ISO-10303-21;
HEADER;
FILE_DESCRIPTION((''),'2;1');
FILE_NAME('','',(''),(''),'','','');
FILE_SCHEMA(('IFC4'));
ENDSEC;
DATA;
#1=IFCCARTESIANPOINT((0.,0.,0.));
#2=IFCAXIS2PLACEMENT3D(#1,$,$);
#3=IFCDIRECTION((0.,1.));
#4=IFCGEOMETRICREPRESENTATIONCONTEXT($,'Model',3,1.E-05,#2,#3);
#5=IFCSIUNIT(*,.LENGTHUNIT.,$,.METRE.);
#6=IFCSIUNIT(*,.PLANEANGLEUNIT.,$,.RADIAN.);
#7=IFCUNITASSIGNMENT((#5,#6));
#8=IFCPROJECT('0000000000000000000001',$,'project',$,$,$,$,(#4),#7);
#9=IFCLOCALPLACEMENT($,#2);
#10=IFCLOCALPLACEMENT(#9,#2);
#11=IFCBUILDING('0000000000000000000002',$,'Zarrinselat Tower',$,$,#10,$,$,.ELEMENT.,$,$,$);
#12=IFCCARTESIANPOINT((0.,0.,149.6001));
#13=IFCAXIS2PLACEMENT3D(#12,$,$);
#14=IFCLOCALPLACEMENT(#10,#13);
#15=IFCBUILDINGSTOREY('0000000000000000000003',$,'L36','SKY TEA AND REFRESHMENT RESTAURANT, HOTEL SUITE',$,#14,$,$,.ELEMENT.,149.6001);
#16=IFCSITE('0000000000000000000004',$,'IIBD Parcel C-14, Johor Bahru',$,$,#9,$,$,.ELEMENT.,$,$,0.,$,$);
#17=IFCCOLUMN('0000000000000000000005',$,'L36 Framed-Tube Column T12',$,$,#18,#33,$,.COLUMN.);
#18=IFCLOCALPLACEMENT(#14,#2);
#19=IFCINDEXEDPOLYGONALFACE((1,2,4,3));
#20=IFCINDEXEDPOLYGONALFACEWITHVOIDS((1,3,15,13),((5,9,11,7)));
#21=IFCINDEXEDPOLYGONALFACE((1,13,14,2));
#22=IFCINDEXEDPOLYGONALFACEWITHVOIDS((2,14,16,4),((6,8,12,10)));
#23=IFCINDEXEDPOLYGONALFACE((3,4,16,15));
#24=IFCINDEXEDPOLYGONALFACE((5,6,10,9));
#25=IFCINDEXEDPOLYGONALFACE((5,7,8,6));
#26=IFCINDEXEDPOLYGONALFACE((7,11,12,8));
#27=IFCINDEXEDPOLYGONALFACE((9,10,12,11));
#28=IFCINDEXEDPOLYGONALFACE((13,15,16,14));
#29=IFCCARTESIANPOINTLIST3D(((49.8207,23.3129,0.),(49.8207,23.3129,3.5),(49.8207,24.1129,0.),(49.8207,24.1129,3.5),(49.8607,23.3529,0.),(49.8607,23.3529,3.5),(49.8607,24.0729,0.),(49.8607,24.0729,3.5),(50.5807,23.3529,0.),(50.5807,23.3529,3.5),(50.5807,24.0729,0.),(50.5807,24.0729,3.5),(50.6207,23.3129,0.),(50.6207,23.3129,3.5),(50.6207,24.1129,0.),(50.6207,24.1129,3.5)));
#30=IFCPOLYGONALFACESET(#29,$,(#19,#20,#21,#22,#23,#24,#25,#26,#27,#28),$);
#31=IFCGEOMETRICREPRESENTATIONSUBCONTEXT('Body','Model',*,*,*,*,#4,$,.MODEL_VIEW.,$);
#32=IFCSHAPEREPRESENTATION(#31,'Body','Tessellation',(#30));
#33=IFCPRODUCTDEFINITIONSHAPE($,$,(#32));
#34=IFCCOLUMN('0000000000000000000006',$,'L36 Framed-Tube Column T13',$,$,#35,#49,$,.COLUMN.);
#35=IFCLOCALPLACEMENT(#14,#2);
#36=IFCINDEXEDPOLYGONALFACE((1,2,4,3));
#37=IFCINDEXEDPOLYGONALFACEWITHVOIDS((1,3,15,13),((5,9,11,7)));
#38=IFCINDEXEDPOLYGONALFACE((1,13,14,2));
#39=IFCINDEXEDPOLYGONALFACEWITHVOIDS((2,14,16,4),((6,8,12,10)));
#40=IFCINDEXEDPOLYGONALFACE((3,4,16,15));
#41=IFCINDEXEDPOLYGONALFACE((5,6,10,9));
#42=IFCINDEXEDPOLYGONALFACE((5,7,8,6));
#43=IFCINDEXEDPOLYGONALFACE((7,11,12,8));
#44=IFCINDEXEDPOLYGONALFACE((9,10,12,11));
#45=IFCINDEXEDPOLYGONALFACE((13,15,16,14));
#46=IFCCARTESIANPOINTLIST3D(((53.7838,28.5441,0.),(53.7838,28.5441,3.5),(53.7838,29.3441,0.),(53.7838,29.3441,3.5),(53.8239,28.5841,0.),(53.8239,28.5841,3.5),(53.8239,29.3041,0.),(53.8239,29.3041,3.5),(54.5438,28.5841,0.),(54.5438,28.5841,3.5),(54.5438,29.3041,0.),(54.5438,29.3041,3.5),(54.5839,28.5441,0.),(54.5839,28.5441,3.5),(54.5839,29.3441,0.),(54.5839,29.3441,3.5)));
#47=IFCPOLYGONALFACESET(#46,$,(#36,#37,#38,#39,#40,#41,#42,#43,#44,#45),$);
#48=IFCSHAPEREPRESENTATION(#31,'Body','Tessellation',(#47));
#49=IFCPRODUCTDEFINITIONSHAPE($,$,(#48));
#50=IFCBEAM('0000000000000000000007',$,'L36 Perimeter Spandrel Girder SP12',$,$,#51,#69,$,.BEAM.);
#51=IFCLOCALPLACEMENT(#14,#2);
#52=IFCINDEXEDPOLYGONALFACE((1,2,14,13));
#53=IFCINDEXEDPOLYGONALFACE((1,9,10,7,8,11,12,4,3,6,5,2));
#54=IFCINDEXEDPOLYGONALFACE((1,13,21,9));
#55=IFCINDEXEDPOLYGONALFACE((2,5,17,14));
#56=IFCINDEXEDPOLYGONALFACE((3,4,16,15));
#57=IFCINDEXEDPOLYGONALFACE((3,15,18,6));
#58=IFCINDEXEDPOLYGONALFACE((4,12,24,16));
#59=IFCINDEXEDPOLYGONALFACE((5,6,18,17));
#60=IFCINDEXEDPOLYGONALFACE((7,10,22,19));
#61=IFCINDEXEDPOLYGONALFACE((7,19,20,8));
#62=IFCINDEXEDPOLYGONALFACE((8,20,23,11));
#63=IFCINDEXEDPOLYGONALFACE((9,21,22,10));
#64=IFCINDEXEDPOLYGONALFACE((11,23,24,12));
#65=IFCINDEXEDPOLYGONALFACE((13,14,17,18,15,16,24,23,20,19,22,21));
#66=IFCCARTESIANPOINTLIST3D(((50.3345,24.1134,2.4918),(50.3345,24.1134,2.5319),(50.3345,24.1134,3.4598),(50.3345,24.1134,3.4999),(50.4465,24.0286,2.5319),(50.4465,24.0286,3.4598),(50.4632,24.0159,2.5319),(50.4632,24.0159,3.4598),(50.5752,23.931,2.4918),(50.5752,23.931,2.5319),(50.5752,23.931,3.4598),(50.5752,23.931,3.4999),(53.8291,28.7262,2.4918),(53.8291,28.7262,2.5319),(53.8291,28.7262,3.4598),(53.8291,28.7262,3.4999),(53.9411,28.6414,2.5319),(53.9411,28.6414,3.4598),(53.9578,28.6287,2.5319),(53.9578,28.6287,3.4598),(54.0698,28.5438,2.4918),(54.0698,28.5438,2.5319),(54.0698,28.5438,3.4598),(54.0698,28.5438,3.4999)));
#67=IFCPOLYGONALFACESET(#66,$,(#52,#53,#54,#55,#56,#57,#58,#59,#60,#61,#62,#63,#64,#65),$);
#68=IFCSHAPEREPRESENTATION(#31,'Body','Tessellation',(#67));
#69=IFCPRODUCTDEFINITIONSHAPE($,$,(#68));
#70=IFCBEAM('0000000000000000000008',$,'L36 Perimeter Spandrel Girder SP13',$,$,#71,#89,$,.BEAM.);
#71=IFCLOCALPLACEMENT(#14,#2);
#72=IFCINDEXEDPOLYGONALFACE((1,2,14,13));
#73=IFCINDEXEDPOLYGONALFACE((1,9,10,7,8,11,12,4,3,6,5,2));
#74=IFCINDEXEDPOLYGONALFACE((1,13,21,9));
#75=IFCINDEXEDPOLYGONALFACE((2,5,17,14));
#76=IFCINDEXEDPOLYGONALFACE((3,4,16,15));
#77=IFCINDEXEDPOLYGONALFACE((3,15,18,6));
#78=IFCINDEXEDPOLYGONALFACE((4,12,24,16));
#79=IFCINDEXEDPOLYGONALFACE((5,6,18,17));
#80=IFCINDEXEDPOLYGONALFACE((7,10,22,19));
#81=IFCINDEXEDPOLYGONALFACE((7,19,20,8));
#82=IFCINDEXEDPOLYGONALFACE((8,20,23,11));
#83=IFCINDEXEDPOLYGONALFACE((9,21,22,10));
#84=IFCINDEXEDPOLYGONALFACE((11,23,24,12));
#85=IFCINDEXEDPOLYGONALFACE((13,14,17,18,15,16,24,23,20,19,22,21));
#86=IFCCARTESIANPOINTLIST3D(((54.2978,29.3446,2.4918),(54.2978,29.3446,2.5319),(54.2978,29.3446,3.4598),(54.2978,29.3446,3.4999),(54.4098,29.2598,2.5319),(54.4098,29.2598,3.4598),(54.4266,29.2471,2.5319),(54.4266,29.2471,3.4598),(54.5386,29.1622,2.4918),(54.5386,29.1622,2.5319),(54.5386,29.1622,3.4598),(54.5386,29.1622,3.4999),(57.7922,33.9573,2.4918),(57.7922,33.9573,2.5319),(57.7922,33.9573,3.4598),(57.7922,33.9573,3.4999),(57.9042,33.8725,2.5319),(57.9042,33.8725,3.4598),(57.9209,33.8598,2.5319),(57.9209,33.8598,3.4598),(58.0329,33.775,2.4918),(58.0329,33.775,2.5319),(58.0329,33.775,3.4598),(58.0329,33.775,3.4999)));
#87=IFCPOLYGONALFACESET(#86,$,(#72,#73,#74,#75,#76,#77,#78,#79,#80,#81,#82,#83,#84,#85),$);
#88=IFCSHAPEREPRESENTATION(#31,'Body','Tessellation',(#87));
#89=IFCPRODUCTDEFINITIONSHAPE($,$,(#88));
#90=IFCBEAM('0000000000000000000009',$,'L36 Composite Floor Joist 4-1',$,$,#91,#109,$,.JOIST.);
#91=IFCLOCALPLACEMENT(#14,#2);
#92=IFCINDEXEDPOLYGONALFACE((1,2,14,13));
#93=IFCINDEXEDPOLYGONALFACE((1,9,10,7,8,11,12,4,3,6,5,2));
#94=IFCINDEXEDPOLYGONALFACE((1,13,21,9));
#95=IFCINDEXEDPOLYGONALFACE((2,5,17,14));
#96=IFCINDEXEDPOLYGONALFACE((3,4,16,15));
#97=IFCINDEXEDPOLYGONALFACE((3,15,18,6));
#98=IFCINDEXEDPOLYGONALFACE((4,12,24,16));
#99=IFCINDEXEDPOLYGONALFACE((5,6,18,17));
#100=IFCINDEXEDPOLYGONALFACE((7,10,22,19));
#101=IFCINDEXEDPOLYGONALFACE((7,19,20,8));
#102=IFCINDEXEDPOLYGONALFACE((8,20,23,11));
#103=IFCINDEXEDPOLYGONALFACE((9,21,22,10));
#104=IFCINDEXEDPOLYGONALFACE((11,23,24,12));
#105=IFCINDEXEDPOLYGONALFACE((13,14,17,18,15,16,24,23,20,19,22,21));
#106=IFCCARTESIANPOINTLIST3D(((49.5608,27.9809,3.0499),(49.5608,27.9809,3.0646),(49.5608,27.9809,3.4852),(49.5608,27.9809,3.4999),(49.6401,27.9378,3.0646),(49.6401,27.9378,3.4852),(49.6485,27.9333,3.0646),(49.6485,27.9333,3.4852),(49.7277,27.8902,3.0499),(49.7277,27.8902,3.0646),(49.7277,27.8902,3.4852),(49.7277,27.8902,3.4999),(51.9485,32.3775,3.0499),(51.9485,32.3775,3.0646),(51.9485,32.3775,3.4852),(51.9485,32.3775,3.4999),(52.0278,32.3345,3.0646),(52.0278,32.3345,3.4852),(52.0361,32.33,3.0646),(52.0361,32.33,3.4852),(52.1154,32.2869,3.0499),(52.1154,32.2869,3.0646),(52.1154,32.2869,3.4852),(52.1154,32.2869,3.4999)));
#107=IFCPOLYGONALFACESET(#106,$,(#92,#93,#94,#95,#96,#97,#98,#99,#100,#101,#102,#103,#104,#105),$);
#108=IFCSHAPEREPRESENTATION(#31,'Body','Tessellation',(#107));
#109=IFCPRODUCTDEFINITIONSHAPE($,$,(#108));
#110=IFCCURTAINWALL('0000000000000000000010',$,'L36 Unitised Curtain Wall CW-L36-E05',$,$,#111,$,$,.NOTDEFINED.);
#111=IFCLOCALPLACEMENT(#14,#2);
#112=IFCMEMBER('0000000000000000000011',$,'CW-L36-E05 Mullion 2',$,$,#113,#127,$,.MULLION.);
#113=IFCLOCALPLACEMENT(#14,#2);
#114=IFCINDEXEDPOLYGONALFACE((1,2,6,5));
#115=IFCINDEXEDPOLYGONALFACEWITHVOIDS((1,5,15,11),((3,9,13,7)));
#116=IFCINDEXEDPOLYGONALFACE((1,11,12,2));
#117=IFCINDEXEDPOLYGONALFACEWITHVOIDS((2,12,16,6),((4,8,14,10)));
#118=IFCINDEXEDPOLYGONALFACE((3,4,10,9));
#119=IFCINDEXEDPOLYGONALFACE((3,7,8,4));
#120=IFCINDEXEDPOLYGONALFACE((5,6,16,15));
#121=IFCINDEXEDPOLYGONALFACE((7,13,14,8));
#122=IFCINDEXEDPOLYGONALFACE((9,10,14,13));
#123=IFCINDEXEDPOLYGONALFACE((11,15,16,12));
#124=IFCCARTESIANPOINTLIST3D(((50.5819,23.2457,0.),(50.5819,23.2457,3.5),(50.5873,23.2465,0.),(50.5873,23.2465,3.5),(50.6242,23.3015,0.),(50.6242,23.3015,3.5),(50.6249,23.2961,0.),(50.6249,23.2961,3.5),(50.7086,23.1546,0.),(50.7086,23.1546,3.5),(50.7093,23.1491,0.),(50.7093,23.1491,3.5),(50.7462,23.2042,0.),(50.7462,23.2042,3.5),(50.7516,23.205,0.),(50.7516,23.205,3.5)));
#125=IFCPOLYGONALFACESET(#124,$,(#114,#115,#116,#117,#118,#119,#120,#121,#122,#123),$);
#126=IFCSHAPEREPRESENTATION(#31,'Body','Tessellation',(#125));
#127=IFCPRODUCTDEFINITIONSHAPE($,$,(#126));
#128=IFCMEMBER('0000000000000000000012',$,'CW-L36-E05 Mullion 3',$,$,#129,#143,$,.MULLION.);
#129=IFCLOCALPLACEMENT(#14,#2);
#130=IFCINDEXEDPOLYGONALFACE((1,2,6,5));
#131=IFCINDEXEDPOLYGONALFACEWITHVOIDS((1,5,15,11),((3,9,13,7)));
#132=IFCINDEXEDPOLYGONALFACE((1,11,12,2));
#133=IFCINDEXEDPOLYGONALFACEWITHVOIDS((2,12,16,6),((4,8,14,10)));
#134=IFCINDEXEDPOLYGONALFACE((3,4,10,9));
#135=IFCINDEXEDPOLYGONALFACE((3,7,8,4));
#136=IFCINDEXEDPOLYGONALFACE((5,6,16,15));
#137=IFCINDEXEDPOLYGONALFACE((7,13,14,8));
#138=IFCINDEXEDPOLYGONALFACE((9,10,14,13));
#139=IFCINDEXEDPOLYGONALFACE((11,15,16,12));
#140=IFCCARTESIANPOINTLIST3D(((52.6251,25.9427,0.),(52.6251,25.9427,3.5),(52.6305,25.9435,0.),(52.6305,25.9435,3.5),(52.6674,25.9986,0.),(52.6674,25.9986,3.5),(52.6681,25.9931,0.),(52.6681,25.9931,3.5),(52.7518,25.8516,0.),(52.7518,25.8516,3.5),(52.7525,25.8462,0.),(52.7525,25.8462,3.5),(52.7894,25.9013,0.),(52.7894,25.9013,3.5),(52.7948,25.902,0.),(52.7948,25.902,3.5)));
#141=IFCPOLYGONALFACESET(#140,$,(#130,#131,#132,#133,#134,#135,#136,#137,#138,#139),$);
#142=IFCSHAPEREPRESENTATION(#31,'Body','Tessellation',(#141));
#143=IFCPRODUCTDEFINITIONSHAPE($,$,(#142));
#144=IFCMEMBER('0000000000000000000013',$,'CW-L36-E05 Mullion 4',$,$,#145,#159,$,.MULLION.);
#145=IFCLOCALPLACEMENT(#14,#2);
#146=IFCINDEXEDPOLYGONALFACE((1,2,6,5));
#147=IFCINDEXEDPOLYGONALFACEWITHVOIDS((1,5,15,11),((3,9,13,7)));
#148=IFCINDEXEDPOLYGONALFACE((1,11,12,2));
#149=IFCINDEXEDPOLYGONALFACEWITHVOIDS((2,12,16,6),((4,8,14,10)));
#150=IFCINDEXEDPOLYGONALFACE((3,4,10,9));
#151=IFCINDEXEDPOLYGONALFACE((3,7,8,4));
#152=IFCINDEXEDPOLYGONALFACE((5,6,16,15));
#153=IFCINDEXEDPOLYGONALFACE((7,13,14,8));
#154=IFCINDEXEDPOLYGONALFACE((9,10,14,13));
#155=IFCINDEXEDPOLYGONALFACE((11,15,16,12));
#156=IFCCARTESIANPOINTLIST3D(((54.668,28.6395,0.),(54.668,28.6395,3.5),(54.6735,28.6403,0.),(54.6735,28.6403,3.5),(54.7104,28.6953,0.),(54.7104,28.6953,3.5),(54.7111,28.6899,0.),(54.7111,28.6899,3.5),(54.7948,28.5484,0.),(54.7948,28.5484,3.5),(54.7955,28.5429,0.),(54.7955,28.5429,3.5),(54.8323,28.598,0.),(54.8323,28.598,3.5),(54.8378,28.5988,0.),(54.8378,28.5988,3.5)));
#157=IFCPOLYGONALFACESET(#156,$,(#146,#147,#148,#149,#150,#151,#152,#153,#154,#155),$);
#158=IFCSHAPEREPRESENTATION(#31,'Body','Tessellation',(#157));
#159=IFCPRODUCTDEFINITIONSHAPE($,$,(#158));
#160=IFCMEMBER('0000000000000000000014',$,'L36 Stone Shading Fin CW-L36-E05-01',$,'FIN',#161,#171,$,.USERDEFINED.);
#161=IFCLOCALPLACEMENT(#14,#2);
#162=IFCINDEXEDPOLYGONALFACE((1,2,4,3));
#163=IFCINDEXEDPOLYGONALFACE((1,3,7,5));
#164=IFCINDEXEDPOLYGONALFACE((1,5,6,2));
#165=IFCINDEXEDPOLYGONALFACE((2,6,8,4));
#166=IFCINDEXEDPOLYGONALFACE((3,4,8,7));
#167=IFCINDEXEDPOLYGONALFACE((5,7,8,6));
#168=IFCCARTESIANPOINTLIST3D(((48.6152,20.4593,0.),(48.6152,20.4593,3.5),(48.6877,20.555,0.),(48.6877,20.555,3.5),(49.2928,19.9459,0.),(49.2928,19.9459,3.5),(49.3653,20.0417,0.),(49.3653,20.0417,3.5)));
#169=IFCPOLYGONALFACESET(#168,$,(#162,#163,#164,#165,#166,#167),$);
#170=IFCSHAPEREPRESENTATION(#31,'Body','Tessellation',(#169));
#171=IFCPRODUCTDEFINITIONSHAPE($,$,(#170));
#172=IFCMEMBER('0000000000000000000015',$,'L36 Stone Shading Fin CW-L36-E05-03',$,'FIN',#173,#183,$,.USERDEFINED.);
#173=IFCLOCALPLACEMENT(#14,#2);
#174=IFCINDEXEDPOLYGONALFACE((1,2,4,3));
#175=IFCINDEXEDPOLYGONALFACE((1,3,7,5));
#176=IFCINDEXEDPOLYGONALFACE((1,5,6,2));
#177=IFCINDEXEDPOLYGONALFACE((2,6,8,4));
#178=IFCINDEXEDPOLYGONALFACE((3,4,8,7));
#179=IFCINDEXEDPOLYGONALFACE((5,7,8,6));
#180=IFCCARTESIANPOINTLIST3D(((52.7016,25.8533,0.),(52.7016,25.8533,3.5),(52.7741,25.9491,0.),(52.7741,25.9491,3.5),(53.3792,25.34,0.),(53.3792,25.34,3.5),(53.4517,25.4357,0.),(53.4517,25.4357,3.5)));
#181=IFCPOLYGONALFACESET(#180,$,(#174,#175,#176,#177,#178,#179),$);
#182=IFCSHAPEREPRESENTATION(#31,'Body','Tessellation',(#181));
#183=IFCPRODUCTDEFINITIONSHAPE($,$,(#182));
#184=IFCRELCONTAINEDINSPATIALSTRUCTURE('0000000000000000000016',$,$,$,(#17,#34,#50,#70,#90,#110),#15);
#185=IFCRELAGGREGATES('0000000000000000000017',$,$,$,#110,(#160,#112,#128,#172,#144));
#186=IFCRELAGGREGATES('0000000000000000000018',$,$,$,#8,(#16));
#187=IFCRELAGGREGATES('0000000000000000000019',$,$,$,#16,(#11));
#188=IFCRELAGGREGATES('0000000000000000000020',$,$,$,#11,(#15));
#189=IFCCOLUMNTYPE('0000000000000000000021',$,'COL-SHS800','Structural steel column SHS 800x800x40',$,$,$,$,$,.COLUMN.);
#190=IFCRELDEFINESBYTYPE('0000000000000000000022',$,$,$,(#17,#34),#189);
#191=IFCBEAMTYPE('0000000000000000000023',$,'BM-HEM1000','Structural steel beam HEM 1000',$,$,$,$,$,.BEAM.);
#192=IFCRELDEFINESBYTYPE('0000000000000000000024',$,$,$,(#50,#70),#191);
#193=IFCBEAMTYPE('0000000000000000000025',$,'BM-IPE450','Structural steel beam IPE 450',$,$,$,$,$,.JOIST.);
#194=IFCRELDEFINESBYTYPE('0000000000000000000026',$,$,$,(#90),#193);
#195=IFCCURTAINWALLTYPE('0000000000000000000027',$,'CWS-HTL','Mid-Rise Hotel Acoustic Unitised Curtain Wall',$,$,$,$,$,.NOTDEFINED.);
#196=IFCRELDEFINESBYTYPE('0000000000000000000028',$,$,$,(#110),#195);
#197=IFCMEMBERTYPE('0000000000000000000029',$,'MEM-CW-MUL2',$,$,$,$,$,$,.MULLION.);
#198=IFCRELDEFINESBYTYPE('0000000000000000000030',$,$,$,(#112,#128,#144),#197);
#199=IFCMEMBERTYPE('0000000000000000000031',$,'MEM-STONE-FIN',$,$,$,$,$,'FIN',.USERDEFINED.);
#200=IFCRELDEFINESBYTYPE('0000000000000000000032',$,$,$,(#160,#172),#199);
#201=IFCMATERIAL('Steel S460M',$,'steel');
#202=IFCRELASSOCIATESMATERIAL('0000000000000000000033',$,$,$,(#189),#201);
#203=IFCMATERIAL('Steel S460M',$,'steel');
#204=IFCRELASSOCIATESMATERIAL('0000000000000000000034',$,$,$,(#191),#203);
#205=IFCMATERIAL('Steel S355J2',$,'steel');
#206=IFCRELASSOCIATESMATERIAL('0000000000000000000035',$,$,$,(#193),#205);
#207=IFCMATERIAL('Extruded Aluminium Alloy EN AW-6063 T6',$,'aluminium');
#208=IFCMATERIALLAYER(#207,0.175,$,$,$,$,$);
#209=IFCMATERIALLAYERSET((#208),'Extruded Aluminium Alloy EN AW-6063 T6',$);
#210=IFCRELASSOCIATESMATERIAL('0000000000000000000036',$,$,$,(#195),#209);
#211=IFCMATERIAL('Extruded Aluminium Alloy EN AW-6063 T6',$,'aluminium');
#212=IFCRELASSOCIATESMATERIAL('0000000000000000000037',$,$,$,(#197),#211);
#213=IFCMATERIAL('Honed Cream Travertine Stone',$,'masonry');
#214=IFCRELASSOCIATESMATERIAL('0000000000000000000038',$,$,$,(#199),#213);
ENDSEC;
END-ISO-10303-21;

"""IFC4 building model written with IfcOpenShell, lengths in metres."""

from ifc_helpers import new_model, si_unit, direction, frame, origin, origin_2d, place, context, subcontext, project, spatial, rectangle, hollow_rectangle, i_section, extrude, material, layer, layer_set, material_profile, profile_set, type_object, element, aggregate, save


model = new_model("IFC4")

# Units and contexts
model_context = context("Model", 3, precision=1e-05, world=origin(), true_north=direction((0.0, 1.0)))
body_context = subcontext(model_context, "Body", "Model", "MODEL_VIEW")
ifc_project = project(units=[si_unit("LENGTHUNIT", "METRE"), si_unit("PLANEANGLEUNIT", "RADIAN")], contexts=[model_context])

# Site, building, storey
site_placement = place(None, origin())
site = spatial("IfcSite", under=ifc_project, at=site_placement, Name="IIBD Parcel C-14, Johor Bahru", CompositionType="ELEMENT", RefElevation=0.0)
building_placement = place(site_placement, origin())
building = spatial("IfcBuilding", under=site, at=building_placement, Name="Zarrinselat Tower", CompositionType="ELEMENT")
storey_placement = place(building_placement, frame((0.0, 0.0, 149.6001)))
storey = spatial("IfcBuildingStorey", under=building, at=storey_placement, Name="L36", Description="SKY TEA AND REFRESHMENT RESTAURANT, HOTEL SUITE", CompositionType="ELEMENT", Elevation=149.6001)

# Columns
ifc_material_1 = material(Name="Steel S460M", Category="steel")
ifc_material_profile_1 = material_profile(ifc_material_1, hollow_rectangle(XDim=0.8, YDim=0.8, WallThickness=0.04, at=origin_2d()), Name="SHS 800x800x40")
ifc_profile_set_1 = profile_set([ifc_material_profile_1], Name="Steel S460M")
column_type = type_object("IfcColumnType", Name="COL-SHS800", Description="Structural steel column SHS 800x800x40", PredefinedType="COLUMN", material=ifc_profile_set_1)
for number, where, z_axis, x_axis, name in (
    (1, (50.2207, 23.7129, 0.0), (0.0, 0.0, 1.0), (1.0, 0.0, 0.0), "L36 Framed-Tube Column T12"),
    (2, (54.1838, 28.9441, 0.0), (0.0, 0.0, 1.0), (1.0, 0.0, 0.0), "L36 Framed-Tube Column T13"),
):
    element("IfcColumn", number, at=place(storey_placement, frame(where, z_axis=z_axis, x_axis=x_axis)), inside=storey, type_object=column_type, Name=name, PredefinedType="COLUMN", context=body_context, shape_type="SweptSolid", body=[
        extrude(hollow_rectangle(XDim=0.8, YDim=0.8, WallThickness=0.04, at=origin_2d()), origin(), (0.0, 0.0, 1.0), 3.5),
    ])

# Beams
ifc_material_2 = material(Name="Steel S460M", Category="steel")
ifc_material_profile_2 = material_profile(ifc_material_2, i_section(OverallWidth=0.302, OverallDepth=1.0081, WebThickness=0.021, FlangeThickness=0.04, at=origin_2d()), Name="HEM 1000")
ifc_profile_set_2 = profile_set([ifc_material_profile_2], Name="Steel S460M")
beam_type_1 = type_object("IfcBeamType", Name="BM-HEM1000", Description="Structural steel beam HEM 1000", PredefinedType="BEAM", material=ifc_profile_set_2)
beam_1_placement = place(storey_placement, frame((50.4548, 24.0222, 2.9958), z_axis=(0.603867, 0.797085, 0.0), x_axis=(-0.797085, 0.603867, 0.0)))
element("IfcBeam", 3, at=beam_1_placement, inside=storey, type_object=beam_type_1, Name="L36 Perimeter Spandrel Girder SP12", PredefinedType="BEAM", context=body_context, shape_type="SweptSolid", body=[
    extrude(i_section(OverallWidth=0.302, OverallDepth=1.0081, WebThickness=0.021, FlangeThickness=0.04, at=origin_2d()), origin(), (0.0, 0.0, 1.0), 5.7871),
])
beam_2_placement = place(storey_placement, frame((54.4182, 29.2534, 2.9958), z_axis=(0.603841, 0.797105, 0.0), x_axis=(-0.797105, 0.603841, 0.0)))
element("IfcBeam", 4, at=beam_2_placement, inside=storey, type_object=beam_type_1, Name="L36 Perimeter Spandrel Girder SP13", PredefinedType="BEAM", context=body_context, shape_type="SweptSolid", body=[
    extrude(i_section(OverallWidth=0.302, OverallDepth=1.0081, WebThickness=0.021, FlangeThickness=0.04, at=origin_2d()), origin(), (0.0, 0.0, 1.0), 5.7869),
])
ifc_material_3 = material(Name="Steel S355J2", Category="steel")
ifc_material_profile_3 = material_profile(ifc_material_3, i_section(OverallWidth=0.1899, OverallDepth=0.45, WebThickness=0.0095, FlangeThickness=0.0146, at=origin_2d()), Name="IPE 450")
ifc_profile_set_3 = profile_set([ifc_material_profile_3], Name="Steel S355J2")
beam_type_2 = type_object("IfcBeamType", Name="BM-IPE450", Description="Structural steel beam IPE 450", PredefinedType="JOIST", material=ifc_profile_set_3)
beam_3_placement = place(storey_placement, frame((49.6443, 27.9355, 3.2749), z_axis=(0.477231, 0.878778, 0.0), x_axis=(-0.878778, 0.477231, 0.0)))
element("IfcBeam", 5, at=beam_3_placement, inside=storey, type_object=beam_type_2, Name="L36 Composite Floor Joist 4-1", PredefinedType="JOIST", context=body_context, shape_type="SweptSolid", body=[
    extrude(i_section(OverallWidth=0.1899, OverallDepth=0.45, WebThickness=0.0095, FlangeThickness=0.0146, at=origin_2d()), origin(), (0.0, 0.0, 1.0), 5.0032),
])

# Curtain wall, members
ifc_material_4 = material(Name="Extruded Aluminium Alloy EN AW-6063 T6", Category="aluminium")
ifc_layer_1 = layer(ifc_material_4, 0.175)
ifc_layer_set_1 = layer_set([ifc_layer_1], Name="Extruded Aluminium Alloy EN AW-6063 T6")
curtain_wall_type = type_object("IfcCurtainWallType", Name="CWS-HTL", Description="Mid-Rise Hotel Acoustic Unitised Curtain Wall", PredefinedType="NOTDEFINED", material=ifc_layer_set_1)
curtain_wall_placement = place(storey_placement, origin())
curtain_wall = element("IfcCurtainWall", 6, at=curtain_wall_placement, inside=storey, type_object=curtain_wall_type, Name="L36 Unitised Curtain Wall CW-L36-E05", PredefinedType="NOTDEFINED")
ifc_material_5 = material(Name="Extruded Aluminium Alloy EN AW-6063 T6", Category="aluminium")
ifc_material_profile_4 = material_profile(ifc_material_5, hollow_rectangle(XDim=0.0701, YDim=0.1599, WallThickness=0.0039, at=origin_2d()), Name="RHS 160x70x4")
ifc_profile_set_4 = profile_set([ifc_material_profile_4], Name="Extruded Aluminium Alloy EN AW-6063 T6")
member_type_1 = type_object("IfcMemberType", Name="MEM-CW-MUL2", PredefinedType="MULLION", material=ifc_profile_set_4)
member_1_placement = place(storey_placement, frame((50.6667, 23.2253, 0.0), z_axis=(0.0, 0.0, 1.0), x_axis=(0.603858, 0.797092, 0.0)))
member_1 = element("IfcMember", 7, at=member_1_placement, type_object=member_type_1, Name="CW-L36-E05 Mullion 2", PredefinedType="MULLION", context=body_context, shape_type="SweptSolid", body=[
    extrude(hollow_rectangle(XDim=0.0701, YDim=0.1599, WallThickness=0.0039, at=origin_2d()), origin(), (0.0, 0.0, 1.0), 3.5),
])
member_2_placement = place(storey_placement, frame((52.71, 25.9224, 0.0), z_axis=(0.0, 0.0, 1.0), x_axis=(0.603858, 0.797092, 0.0)))
member_2 = element("IfcMember", 8, at=member_2_placement, type_object=member_type_1, Name="CW-L36-E05 Mullion 3", PredefinedType="MULLION", context=body_context, shape_type="SweptSolid", body=[
    extrude(hollow_rectangle(XDim=0.0701, YDim=0.1599, WallThickness=0.0039, at=origin_2d()), origin(), (0.0, 0.0, 1.0), 3.5),
])
member_3_placement = place(storey_placement, frame((54.7529, 28.6191, 0.0), z_axis=(0.0, 0.0, 1.0), x_axis=(0.603858, 0.797092, 0.0)))
member_3 = element("IfcMember", 9, at=member_3_placement, type_object=member_type_1, Name="CW-L36-E05 Mullion 4", PredefinedType="MULLION", context=body_context, shape_type="SweptSolid", body=[
    extrude(hollow_rectangle(XDim=0.0701, YDim=0.1599, WallThickness=0.0039, at=origin_2d()), origin(), (0.0, 0.0, 1.0), 3.5),
])
ifc_material_6 = material(Name="Honed Cream Travertine Stone", Category="masonry")
ifc_material_profile_5 = material_profile(ifc_material_6, rectangle(XDim=0.1201, YDim=0.8501, at=origin_2d()), Name="FIN 850x120")
ifc_profile_set_5 = profile_set([ifc_material_profile_5], Name="Honed Cream Travertine Stone")
member_type_2 = type_object("IfcMemberType", Name="MEM-STONE-FIN", ElementType="FIN", PredefinedType="USERDEFINED", material=ifc_profile_set_5)
member_4_placement = place(storey_placement, frame((48.9902, 20.2505, 0.0), z_axis=(0.0, 0.0, 1.0), x_axis=(-0.603858, -0.797092, 0.0)))
member_4 = element("IfcMember", 10, at=member_4_placement, type_object=member_type_2, Name="L36 Stone Shading Fin CW-L36-E05-01", ObjectType="FIN", PredefinedType="USERDEFINED", context=body_context, shape_type="SweptSolid", body=[
    extrude(rectangle(XDim=0.1201, YDim=0.8501, at=origin_2d()), origin(), (0.0, 0.0, 1.0), 3.5),
])
member_5_placement = place(storey_placement, frame((53.0767, 25.6445, 0.0), z_axis=(0.0, 0.0, 1.0), x_axis=(-0.603858, -0.797092, 0.0)))
member_5 = element("IfcMember", 11, at=member_5_placement, type_object=member_type_2, Name="L36 Stone Shading Fin CW-L36-E05-03", ObjectType="FIN", PredefinedType="USERDEFINED", context=body_context, shape_type="SweptSolid", body=[
    extrude(rectangle(XDim=0.1201, YDim=0.8501, at=origin_2d()), origin(), (0.0, 0.0, 1.0), 3.5),
])
aggregate(curtain_wall, [member_4, member_1, member_2, member_5, member_3])

save(model, "model.ifc")
